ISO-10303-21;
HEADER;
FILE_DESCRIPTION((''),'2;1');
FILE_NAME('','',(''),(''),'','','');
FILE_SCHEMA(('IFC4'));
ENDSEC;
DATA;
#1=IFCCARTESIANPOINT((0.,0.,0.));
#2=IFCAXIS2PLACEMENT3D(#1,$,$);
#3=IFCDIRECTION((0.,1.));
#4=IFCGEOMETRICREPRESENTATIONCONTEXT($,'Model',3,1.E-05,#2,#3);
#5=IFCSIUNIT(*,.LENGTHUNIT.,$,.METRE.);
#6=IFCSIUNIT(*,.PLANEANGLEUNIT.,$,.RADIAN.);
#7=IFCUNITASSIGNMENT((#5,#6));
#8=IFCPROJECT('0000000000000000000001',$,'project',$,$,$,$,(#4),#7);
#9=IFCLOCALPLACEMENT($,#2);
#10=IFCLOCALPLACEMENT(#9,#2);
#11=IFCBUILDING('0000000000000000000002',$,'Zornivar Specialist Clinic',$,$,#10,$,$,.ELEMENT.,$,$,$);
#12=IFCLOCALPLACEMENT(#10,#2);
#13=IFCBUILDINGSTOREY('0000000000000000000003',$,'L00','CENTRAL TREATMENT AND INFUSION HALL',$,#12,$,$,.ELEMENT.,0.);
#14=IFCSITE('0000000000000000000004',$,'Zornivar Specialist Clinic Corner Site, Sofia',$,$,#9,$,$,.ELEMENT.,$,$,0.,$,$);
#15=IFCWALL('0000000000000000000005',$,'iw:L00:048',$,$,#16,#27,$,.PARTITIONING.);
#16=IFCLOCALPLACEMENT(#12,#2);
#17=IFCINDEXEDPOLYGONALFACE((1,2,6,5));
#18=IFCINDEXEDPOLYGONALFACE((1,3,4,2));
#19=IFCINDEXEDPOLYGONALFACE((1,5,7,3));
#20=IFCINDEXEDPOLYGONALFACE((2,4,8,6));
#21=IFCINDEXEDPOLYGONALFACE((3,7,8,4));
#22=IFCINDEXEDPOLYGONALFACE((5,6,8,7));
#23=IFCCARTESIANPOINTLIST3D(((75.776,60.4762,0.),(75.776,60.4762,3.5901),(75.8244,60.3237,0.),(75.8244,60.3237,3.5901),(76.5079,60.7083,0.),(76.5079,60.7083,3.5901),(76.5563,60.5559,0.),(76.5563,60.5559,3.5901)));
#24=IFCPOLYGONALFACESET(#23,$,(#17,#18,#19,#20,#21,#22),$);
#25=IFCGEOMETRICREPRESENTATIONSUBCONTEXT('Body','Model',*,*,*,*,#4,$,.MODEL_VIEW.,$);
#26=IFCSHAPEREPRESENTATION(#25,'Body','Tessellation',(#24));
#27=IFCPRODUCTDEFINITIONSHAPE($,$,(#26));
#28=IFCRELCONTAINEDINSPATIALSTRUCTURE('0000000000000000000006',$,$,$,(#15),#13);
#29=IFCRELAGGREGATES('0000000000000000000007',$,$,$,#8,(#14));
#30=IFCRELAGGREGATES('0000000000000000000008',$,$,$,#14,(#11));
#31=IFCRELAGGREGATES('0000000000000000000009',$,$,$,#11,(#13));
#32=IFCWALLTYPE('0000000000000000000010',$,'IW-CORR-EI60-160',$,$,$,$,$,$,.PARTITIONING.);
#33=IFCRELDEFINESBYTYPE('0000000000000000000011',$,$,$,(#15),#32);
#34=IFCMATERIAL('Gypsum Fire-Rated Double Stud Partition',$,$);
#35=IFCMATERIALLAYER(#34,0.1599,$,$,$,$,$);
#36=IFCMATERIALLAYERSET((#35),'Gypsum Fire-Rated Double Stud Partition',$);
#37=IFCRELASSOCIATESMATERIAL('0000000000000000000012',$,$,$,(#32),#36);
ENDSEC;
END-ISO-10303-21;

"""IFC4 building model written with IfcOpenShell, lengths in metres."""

from ifc_helpers import new_model, si_unit, direction, frame, frame_2d, origin, place, context, subcontext, project, spatial, rectangle, extrude, material, layer, layer_set, type_object, element, save


model = new_model("IFC4")

# Units and contexts
model_context = context("Model", 3, precision=1e-05, world=origin(), true_north=direction((0.0, 1.0)))
body_context = subcontext(model_context, "Body", "Model", "MODEL_VIEW")
ifc_project = project(units=[si_unit("LENGTHUNIT", "METRE"), si_unit("PLANEANGLEUNIT", "RADIAN")], contexts=[model_context])

# Site, building, storey
site_placement = place(None, origin())
site = spatial("IfcSite", under=ifc_project, at=site_placement, Name="Zornivar Specialist Clinic Corner Site, Sofia", CompositionType="ELEMENT", RefElevation=0.0)
building_placement = place(site_placement, origin())
building = spatial("IfcBuilding", under=site, at=building_placement, Name="Zornivar Specialist Clinic", CompositionType="ELEMENT")
storey_placement = place(building_placement, origin())
storey = spatial("IfcBuildingStorey", under=building, at=storey_placement, Name="L00", Description="CENTRAL TREATMENT AND INFUSION HALL", CompositionType="ELEMENT", Elevation=0.0)

# Shared definitions
ifc_material_1 = material(Name="Gypsum Fire-Rated Double Stud Partition")
ifc_layer_1 = layer(ifc_material_1, 0.1599)
ifc_layer_set_1 = layer_set([ifc_layer_1], Name="Gypsum Fire-Rated Double Stud Partition")
wall_type_1 = type_object("IfcWallType", Name="IW-CORR-EI60-160", PredefinedType="PARTITIONING", material=ifc_layer_set_1)

# Wall
wall_1_placement = place(storey_placement, frame((76.532, 60.6321, 0.0), z_axis=(0.0, 0.0, 1.0), x_axis=(-0.953193, -0.302364, 0.0)))
element("IfcWall", 1, at=wall_1_placement, inside=storey, type_object=wall_type_1, Name="iw:L00:048", PredefinedType="PARTITIONING", context=body_context, shape_type="SweptSolid", body=[
    extrude(rectangle(XDim=0.7678, YDim=0.1599, at=frame_2d((0.3838, 0.0))), origin(), (0.0, 0.0, 1.0), 3.5901),
])

save(model, "model.ifc")
